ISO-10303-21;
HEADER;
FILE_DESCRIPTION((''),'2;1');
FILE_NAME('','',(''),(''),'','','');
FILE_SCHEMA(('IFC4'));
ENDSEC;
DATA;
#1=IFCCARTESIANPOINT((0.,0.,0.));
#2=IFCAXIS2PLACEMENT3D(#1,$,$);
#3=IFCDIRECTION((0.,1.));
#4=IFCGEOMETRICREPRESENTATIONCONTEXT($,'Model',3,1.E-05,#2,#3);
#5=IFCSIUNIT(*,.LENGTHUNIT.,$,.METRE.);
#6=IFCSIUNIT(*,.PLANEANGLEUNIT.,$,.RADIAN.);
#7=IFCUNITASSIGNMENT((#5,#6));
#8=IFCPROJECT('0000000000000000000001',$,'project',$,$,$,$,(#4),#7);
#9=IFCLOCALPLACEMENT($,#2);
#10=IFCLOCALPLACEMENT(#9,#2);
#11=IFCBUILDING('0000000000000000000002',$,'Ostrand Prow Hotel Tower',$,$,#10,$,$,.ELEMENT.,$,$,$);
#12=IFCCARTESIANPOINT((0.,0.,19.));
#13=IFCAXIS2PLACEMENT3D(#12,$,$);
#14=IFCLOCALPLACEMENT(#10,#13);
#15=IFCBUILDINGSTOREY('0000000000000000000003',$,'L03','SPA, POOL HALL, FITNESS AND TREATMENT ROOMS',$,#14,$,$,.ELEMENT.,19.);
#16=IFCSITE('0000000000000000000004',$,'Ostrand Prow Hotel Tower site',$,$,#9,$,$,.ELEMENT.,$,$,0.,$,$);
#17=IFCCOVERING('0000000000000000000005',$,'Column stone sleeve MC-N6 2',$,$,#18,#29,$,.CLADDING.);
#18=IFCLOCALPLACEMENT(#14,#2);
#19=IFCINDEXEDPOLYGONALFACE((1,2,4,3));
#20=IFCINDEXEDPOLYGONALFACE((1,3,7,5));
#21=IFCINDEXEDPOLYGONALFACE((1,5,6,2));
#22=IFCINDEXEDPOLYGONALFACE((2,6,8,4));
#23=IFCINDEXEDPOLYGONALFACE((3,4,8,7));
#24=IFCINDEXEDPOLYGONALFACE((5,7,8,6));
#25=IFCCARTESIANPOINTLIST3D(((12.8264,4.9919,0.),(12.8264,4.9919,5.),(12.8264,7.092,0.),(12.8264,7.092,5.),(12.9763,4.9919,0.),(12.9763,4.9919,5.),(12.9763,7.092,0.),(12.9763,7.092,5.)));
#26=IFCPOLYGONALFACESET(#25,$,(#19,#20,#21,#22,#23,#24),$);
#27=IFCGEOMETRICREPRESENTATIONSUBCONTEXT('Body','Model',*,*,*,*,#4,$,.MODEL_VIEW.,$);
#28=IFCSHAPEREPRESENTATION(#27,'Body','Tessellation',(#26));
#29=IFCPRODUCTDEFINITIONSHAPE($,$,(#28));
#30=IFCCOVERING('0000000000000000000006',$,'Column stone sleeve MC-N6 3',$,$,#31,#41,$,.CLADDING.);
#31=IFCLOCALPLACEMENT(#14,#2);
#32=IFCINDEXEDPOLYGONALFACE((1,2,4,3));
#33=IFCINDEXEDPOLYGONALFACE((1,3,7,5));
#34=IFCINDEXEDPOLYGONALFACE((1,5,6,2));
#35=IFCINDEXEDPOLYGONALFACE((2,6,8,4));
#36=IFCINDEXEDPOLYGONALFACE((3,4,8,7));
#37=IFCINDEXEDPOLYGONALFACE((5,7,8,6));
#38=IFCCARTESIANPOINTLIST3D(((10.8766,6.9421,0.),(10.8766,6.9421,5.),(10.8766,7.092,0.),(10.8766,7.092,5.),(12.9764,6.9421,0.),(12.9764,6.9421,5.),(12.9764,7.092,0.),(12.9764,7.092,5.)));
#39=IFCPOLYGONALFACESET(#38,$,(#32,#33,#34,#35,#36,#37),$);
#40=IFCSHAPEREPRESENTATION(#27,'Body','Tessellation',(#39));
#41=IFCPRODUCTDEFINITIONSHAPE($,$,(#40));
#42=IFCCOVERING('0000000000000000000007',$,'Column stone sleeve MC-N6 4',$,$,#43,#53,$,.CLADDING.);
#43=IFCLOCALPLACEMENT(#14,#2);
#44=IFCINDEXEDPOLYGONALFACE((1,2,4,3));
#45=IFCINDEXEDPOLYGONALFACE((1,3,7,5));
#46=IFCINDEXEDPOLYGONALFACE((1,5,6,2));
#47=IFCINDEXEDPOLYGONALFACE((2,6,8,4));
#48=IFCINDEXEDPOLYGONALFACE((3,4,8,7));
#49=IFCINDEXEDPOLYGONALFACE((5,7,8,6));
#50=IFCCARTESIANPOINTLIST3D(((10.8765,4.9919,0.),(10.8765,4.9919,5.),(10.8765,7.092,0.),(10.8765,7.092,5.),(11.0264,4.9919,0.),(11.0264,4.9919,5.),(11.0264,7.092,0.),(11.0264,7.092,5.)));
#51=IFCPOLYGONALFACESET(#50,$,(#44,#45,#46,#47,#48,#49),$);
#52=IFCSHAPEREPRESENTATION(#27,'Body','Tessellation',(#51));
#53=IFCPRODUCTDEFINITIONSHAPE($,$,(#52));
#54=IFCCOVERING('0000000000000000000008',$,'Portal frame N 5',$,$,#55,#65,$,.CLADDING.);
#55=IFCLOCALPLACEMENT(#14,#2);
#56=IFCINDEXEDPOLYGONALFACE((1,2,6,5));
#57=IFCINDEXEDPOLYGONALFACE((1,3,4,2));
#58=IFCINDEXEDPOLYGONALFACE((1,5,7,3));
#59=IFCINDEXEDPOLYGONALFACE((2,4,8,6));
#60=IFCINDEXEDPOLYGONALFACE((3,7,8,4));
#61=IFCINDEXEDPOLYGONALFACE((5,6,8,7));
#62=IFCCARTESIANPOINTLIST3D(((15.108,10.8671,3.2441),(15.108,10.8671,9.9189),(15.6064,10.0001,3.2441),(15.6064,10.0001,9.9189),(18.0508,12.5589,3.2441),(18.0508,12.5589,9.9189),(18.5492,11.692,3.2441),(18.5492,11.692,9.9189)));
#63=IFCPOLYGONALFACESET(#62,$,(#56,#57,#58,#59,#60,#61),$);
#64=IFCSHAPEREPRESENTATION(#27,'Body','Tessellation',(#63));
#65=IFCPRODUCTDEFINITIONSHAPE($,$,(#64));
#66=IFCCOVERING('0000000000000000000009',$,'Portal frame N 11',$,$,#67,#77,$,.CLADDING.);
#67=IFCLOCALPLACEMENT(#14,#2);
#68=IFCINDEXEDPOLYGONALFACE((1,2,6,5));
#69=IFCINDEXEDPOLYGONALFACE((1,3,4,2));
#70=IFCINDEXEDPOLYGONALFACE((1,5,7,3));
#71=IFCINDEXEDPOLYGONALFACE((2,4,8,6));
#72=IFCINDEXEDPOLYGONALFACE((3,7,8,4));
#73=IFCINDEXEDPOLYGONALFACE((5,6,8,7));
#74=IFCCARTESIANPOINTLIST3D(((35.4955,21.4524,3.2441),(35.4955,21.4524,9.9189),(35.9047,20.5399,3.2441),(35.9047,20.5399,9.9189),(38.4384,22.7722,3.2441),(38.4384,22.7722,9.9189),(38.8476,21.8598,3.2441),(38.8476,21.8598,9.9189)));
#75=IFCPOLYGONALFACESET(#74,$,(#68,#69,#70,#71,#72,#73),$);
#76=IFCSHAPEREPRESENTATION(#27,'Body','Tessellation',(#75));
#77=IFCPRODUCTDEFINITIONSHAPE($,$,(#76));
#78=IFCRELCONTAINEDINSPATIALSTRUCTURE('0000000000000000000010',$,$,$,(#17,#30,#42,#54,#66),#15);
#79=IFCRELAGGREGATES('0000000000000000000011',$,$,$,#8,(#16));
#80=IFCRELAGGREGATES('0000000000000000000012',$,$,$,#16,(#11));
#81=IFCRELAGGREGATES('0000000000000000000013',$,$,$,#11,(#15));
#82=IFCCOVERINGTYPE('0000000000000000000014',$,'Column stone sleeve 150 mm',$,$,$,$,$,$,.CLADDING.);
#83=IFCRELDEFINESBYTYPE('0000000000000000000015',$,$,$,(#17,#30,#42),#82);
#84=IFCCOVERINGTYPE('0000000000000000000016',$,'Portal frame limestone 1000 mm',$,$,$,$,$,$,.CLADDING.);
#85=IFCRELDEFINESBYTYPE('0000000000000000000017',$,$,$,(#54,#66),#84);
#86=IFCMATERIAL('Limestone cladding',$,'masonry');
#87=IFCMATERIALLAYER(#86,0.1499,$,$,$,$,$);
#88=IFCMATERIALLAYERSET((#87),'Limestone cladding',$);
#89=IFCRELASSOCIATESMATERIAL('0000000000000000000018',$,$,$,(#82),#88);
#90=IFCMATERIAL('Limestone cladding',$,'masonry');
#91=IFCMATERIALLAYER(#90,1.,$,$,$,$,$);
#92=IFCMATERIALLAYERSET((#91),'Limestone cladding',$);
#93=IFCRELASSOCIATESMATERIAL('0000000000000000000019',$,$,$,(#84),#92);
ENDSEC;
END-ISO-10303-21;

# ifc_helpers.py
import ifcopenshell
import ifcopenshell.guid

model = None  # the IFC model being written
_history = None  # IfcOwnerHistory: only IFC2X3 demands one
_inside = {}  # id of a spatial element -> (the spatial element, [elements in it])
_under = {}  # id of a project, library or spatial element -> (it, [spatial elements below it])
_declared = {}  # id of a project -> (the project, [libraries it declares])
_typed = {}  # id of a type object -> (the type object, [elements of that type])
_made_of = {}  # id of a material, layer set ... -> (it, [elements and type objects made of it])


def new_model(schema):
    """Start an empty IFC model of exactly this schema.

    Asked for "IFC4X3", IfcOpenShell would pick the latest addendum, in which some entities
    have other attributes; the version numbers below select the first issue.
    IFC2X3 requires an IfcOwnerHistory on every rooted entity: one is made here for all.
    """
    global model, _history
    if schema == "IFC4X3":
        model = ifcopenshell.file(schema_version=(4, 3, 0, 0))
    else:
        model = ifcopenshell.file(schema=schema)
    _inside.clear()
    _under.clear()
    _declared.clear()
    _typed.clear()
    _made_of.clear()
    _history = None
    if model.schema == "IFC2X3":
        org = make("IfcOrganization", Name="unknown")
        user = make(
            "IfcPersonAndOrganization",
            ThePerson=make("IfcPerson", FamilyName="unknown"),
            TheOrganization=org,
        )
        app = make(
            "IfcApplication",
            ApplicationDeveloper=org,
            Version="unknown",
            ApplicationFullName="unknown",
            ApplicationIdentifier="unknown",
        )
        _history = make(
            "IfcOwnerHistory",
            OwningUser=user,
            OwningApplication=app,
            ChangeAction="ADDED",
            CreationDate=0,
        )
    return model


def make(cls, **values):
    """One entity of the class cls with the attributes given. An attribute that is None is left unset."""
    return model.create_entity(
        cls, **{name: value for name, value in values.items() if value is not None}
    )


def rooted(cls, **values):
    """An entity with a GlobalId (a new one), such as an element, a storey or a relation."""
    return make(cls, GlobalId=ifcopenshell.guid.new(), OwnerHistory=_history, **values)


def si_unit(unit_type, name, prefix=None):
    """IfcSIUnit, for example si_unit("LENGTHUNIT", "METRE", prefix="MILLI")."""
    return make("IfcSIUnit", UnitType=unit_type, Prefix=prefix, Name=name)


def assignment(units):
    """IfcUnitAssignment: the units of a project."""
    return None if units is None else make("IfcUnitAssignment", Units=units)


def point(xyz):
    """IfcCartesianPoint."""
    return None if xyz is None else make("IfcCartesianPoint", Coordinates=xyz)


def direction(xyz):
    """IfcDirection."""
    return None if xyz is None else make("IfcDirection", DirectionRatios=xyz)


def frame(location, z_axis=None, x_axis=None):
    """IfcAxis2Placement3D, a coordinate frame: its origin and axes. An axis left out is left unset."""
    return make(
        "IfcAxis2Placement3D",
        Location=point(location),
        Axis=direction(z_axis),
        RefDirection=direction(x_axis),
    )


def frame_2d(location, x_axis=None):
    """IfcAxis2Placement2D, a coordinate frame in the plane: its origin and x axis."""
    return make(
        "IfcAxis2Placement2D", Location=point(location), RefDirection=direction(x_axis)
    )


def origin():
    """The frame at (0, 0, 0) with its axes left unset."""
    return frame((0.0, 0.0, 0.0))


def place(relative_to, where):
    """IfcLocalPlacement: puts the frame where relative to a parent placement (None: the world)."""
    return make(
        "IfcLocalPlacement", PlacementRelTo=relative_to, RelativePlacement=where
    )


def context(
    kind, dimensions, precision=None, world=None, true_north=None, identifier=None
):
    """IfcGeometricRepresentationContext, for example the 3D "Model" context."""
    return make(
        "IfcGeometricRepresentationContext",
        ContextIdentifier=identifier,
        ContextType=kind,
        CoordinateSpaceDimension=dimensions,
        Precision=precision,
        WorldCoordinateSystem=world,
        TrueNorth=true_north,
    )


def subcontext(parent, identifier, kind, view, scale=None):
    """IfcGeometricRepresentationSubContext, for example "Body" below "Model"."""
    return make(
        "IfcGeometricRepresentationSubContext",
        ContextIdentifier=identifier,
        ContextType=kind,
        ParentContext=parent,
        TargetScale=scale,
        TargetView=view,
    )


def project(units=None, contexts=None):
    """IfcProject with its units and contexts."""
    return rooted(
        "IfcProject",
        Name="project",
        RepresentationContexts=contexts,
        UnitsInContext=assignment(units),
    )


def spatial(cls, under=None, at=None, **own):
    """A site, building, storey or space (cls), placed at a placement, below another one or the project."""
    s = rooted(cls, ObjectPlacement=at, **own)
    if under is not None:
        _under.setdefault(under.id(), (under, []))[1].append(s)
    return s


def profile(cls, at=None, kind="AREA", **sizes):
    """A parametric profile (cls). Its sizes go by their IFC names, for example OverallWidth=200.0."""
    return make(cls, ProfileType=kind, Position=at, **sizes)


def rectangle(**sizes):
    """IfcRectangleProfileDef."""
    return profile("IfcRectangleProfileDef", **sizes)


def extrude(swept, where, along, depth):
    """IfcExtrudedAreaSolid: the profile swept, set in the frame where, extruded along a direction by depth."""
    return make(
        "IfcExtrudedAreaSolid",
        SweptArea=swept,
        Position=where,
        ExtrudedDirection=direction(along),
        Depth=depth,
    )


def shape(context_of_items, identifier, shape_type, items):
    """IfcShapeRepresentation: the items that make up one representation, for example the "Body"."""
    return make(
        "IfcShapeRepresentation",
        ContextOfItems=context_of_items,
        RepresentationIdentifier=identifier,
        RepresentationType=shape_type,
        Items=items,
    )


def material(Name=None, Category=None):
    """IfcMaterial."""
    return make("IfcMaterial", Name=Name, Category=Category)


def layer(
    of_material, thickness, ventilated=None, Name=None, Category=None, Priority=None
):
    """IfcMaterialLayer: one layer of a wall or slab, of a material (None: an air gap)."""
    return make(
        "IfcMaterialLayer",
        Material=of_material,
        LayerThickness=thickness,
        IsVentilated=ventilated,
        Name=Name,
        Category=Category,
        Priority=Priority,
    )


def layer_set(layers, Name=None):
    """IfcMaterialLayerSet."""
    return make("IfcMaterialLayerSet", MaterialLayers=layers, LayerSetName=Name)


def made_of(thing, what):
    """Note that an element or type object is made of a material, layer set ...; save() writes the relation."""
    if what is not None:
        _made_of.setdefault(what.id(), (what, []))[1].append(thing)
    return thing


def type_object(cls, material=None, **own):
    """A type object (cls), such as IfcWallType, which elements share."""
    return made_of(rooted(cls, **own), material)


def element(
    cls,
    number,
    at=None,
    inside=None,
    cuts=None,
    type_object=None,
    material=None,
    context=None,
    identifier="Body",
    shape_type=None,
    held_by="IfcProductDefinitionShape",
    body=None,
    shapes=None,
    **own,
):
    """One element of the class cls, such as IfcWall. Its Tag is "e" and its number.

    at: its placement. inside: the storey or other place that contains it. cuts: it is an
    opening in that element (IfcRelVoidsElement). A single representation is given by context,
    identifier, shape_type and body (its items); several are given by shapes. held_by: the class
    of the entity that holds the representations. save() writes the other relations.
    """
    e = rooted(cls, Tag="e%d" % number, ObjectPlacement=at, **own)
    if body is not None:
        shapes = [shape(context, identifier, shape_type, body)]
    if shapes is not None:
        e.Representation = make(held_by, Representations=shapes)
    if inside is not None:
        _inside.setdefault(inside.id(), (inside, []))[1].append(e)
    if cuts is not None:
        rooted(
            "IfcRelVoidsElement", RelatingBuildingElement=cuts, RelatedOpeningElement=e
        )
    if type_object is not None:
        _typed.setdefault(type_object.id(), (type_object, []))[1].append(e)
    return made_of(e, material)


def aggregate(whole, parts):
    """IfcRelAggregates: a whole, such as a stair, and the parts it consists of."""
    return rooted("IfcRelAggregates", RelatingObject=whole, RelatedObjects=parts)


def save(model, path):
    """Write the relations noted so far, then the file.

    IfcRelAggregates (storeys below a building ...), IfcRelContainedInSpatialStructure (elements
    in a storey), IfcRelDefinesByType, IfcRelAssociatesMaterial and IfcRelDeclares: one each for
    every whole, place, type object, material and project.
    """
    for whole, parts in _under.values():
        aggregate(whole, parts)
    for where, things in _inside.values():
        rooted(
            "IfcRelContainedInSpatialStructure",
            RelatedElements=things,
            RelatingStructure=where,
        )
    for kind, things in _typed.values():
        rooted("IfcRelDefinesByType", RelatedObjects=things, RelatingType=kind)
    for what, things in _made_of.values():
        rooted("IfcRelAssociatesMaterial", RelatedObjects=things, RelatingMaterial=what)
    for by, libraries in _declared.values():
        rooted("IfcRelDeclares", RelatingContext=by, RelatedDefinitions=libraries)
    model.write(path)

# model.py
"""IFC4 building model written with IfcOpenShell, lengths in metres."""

from ifc_helpers import new_model, si_unit, direction, frame, frame_2d, origin, place, context, subcontext, project, spatial, rectangle, extrude, material, layer, layer_set, type_object, element, save


model = new_model("IFC4")

# Units and contexts
model_context = context("Model", 3, precision=1e-05, world=origin(), true_north=direction((0.0, 1.0)))
body_context = subcontext(model_context, "Body", "Model", "MODEL_VIEW")
ifc_project = project(units=[si_unit("LENGTHUNIT", "METRE"), si_unit("PLANEANGLEUNIT", "RADIAN")], contexts=[model_context])

# Site, building, storey
site_placement = place(None, origin())
site = spatial("IfcSite", under=ifc_project, at=site_placement, Name="Ostrand Prow Hotel Tower site", CompositionType="ELEMENT", RefElevation=0.0)
building_placement = place(site_placement, origin())
building = spatial("IfcBuilding", under=site, at=building_placement, Name="Ostrand Prow Hotel Tower", CompositionType="ELEMENT")
storey_placement = place(building_placement, frame((0.0, 0.0, 19.0)))
storey = spatial("IfcBuildingStorey", under=building, at=storey_placement, Name="L03", Description="SPA, POOL HALL, FITNESS AND TREATMENT ROOMS", CompositionType="ELEMENT", Elevation=19.0)

# Coverings
ifc_material_1 = material(Name="Limestone cladding", Category="masonry")
ifc_layer_1 = layer(ifc_material_1, 0.1499)
ifc_layer_set_1 = layer_set([ifc_layer_1], Name="Limestone cladding")
covering_type_1 = type_object("IfcCoveringType", Name="Column stone sleeve 150 mm", PredefinedType="CLADDING", material=ifc_layer_set_1)
covering_1_placement = place(storey_placement, frame((12.9014, 4.9919, 0.0), z_axis=(0.0, 0.0, 1.0), x_axis=(0.0, 1.0, 0.0)))
element("IfcCovering", 1, at=covering_1_placement, inside=storey, type_object=covering_type_1, Name="Column stone sleeve MC-N6 2", PredefinedType="CLADDING", context=body_context, shape_type="SweptSolid", body=[
    extrude(rectangle(XDim=2.1001, YDim=0.1499, at=frame_2d((1.05, 0.0))), origin(), (0.0, 0.0, 1.0), 5.0),
])
covering_2_placement = place(storey_placement, frame((12.9763, 7.0171, 0.0), z_axis=(0.0, 0.0, 1.0), x_axis=(-1.0, 0.0, 0.0)))
element("IfcCovering", 2, at=covering_2_placement, inside=storey, type_object=covering_type_1, Name="Column stone sleeve MC-N6 3", PredefinedType="CLADDING", context=body_context, shape_type="SweptSolid", body=[
    extrude(rectangle(XDim=2.0999, YDim=0.1499, at=frame_2d((1.0498, 0.0))), origin(), (0.0, 0.0, 1.0), 5.0),
])
covering_3_placement = place(storey_placement, frame((10.9514, 7.092, 0.0), z_axis=(0.0, 0.0, 1.0), x_axis=(0.0, -1.0, 0.0)))
element("IfcCovering", 3, at=covering_3_placement, inside=storey, type_object=covering_type_1, Name="Column stone sleeve MC-N6 4", PredefinedType="CLADDING", context=body_context, shape_type="SweptSolid", body=[
    extrude(rectangle(XDim=2.1001, YDim=0.1499, at=frame_2d((1.05, 0.0))), origin(), (0.0, 0.0, 1.0), 5.0),
])
ifc_material_2 = material(Name="Limestone cladding", Category="masonry")
ifc_layer_2 = layer(ifc_material_2, 1.0)
ifc_layer_set_2 = layer_set([ifc_layer_2], Name="Limestone cladding")
covering_type_2 = type_object("IfcCoveringType", Name="Portal frame limestone 1000 mm", PredefinedType="CLADDING", material=ifc_layer_set_2)
covering_4_placement = place(storey_placement, frame((15.3572, 10.4336, 3.2441), z_axis=(0.0, 0.0, 1.0), x_axis=(0.866939, 0.498414, 0.0)))
element("IfcCovering", 4, at=covering_4_placement, inside=storey, type_object=covering_type_2, Name="Portal frame N 5", PredefinedType="CLADDING", context=body_context, shape_type="SweptSolid", body=[
    extrude(rectangle(XDim=3.3945, YDim=1.0, at=frame_2d((1.6973, 0.0))), origin(), (0.0, 0.0, 1.0), 6.6748),
])
covering_5_placement = place(storey_placement, frame((35.7, 20.9961, 3.2441), z_axis=(0.0, 0.0, 1.0), x_axis=(0.912439, 0.409212, 0.0)))
element("IfcCovering", 5, at=covering_5_placement, inside=storey, type_object=covering_type_2, Name="Portal frame N 11", PredefinedType="CLADDING", context=body_context, shape_type="SweptSolid", body=[
    extrude(rectangle(XDim=3.2253, YDim=1.0, at=frame_2d((1.6128, 0.0))), origin(), (0.0, 0.0, 1.0), 6.6748),
])

save(model, "model.ifc")
